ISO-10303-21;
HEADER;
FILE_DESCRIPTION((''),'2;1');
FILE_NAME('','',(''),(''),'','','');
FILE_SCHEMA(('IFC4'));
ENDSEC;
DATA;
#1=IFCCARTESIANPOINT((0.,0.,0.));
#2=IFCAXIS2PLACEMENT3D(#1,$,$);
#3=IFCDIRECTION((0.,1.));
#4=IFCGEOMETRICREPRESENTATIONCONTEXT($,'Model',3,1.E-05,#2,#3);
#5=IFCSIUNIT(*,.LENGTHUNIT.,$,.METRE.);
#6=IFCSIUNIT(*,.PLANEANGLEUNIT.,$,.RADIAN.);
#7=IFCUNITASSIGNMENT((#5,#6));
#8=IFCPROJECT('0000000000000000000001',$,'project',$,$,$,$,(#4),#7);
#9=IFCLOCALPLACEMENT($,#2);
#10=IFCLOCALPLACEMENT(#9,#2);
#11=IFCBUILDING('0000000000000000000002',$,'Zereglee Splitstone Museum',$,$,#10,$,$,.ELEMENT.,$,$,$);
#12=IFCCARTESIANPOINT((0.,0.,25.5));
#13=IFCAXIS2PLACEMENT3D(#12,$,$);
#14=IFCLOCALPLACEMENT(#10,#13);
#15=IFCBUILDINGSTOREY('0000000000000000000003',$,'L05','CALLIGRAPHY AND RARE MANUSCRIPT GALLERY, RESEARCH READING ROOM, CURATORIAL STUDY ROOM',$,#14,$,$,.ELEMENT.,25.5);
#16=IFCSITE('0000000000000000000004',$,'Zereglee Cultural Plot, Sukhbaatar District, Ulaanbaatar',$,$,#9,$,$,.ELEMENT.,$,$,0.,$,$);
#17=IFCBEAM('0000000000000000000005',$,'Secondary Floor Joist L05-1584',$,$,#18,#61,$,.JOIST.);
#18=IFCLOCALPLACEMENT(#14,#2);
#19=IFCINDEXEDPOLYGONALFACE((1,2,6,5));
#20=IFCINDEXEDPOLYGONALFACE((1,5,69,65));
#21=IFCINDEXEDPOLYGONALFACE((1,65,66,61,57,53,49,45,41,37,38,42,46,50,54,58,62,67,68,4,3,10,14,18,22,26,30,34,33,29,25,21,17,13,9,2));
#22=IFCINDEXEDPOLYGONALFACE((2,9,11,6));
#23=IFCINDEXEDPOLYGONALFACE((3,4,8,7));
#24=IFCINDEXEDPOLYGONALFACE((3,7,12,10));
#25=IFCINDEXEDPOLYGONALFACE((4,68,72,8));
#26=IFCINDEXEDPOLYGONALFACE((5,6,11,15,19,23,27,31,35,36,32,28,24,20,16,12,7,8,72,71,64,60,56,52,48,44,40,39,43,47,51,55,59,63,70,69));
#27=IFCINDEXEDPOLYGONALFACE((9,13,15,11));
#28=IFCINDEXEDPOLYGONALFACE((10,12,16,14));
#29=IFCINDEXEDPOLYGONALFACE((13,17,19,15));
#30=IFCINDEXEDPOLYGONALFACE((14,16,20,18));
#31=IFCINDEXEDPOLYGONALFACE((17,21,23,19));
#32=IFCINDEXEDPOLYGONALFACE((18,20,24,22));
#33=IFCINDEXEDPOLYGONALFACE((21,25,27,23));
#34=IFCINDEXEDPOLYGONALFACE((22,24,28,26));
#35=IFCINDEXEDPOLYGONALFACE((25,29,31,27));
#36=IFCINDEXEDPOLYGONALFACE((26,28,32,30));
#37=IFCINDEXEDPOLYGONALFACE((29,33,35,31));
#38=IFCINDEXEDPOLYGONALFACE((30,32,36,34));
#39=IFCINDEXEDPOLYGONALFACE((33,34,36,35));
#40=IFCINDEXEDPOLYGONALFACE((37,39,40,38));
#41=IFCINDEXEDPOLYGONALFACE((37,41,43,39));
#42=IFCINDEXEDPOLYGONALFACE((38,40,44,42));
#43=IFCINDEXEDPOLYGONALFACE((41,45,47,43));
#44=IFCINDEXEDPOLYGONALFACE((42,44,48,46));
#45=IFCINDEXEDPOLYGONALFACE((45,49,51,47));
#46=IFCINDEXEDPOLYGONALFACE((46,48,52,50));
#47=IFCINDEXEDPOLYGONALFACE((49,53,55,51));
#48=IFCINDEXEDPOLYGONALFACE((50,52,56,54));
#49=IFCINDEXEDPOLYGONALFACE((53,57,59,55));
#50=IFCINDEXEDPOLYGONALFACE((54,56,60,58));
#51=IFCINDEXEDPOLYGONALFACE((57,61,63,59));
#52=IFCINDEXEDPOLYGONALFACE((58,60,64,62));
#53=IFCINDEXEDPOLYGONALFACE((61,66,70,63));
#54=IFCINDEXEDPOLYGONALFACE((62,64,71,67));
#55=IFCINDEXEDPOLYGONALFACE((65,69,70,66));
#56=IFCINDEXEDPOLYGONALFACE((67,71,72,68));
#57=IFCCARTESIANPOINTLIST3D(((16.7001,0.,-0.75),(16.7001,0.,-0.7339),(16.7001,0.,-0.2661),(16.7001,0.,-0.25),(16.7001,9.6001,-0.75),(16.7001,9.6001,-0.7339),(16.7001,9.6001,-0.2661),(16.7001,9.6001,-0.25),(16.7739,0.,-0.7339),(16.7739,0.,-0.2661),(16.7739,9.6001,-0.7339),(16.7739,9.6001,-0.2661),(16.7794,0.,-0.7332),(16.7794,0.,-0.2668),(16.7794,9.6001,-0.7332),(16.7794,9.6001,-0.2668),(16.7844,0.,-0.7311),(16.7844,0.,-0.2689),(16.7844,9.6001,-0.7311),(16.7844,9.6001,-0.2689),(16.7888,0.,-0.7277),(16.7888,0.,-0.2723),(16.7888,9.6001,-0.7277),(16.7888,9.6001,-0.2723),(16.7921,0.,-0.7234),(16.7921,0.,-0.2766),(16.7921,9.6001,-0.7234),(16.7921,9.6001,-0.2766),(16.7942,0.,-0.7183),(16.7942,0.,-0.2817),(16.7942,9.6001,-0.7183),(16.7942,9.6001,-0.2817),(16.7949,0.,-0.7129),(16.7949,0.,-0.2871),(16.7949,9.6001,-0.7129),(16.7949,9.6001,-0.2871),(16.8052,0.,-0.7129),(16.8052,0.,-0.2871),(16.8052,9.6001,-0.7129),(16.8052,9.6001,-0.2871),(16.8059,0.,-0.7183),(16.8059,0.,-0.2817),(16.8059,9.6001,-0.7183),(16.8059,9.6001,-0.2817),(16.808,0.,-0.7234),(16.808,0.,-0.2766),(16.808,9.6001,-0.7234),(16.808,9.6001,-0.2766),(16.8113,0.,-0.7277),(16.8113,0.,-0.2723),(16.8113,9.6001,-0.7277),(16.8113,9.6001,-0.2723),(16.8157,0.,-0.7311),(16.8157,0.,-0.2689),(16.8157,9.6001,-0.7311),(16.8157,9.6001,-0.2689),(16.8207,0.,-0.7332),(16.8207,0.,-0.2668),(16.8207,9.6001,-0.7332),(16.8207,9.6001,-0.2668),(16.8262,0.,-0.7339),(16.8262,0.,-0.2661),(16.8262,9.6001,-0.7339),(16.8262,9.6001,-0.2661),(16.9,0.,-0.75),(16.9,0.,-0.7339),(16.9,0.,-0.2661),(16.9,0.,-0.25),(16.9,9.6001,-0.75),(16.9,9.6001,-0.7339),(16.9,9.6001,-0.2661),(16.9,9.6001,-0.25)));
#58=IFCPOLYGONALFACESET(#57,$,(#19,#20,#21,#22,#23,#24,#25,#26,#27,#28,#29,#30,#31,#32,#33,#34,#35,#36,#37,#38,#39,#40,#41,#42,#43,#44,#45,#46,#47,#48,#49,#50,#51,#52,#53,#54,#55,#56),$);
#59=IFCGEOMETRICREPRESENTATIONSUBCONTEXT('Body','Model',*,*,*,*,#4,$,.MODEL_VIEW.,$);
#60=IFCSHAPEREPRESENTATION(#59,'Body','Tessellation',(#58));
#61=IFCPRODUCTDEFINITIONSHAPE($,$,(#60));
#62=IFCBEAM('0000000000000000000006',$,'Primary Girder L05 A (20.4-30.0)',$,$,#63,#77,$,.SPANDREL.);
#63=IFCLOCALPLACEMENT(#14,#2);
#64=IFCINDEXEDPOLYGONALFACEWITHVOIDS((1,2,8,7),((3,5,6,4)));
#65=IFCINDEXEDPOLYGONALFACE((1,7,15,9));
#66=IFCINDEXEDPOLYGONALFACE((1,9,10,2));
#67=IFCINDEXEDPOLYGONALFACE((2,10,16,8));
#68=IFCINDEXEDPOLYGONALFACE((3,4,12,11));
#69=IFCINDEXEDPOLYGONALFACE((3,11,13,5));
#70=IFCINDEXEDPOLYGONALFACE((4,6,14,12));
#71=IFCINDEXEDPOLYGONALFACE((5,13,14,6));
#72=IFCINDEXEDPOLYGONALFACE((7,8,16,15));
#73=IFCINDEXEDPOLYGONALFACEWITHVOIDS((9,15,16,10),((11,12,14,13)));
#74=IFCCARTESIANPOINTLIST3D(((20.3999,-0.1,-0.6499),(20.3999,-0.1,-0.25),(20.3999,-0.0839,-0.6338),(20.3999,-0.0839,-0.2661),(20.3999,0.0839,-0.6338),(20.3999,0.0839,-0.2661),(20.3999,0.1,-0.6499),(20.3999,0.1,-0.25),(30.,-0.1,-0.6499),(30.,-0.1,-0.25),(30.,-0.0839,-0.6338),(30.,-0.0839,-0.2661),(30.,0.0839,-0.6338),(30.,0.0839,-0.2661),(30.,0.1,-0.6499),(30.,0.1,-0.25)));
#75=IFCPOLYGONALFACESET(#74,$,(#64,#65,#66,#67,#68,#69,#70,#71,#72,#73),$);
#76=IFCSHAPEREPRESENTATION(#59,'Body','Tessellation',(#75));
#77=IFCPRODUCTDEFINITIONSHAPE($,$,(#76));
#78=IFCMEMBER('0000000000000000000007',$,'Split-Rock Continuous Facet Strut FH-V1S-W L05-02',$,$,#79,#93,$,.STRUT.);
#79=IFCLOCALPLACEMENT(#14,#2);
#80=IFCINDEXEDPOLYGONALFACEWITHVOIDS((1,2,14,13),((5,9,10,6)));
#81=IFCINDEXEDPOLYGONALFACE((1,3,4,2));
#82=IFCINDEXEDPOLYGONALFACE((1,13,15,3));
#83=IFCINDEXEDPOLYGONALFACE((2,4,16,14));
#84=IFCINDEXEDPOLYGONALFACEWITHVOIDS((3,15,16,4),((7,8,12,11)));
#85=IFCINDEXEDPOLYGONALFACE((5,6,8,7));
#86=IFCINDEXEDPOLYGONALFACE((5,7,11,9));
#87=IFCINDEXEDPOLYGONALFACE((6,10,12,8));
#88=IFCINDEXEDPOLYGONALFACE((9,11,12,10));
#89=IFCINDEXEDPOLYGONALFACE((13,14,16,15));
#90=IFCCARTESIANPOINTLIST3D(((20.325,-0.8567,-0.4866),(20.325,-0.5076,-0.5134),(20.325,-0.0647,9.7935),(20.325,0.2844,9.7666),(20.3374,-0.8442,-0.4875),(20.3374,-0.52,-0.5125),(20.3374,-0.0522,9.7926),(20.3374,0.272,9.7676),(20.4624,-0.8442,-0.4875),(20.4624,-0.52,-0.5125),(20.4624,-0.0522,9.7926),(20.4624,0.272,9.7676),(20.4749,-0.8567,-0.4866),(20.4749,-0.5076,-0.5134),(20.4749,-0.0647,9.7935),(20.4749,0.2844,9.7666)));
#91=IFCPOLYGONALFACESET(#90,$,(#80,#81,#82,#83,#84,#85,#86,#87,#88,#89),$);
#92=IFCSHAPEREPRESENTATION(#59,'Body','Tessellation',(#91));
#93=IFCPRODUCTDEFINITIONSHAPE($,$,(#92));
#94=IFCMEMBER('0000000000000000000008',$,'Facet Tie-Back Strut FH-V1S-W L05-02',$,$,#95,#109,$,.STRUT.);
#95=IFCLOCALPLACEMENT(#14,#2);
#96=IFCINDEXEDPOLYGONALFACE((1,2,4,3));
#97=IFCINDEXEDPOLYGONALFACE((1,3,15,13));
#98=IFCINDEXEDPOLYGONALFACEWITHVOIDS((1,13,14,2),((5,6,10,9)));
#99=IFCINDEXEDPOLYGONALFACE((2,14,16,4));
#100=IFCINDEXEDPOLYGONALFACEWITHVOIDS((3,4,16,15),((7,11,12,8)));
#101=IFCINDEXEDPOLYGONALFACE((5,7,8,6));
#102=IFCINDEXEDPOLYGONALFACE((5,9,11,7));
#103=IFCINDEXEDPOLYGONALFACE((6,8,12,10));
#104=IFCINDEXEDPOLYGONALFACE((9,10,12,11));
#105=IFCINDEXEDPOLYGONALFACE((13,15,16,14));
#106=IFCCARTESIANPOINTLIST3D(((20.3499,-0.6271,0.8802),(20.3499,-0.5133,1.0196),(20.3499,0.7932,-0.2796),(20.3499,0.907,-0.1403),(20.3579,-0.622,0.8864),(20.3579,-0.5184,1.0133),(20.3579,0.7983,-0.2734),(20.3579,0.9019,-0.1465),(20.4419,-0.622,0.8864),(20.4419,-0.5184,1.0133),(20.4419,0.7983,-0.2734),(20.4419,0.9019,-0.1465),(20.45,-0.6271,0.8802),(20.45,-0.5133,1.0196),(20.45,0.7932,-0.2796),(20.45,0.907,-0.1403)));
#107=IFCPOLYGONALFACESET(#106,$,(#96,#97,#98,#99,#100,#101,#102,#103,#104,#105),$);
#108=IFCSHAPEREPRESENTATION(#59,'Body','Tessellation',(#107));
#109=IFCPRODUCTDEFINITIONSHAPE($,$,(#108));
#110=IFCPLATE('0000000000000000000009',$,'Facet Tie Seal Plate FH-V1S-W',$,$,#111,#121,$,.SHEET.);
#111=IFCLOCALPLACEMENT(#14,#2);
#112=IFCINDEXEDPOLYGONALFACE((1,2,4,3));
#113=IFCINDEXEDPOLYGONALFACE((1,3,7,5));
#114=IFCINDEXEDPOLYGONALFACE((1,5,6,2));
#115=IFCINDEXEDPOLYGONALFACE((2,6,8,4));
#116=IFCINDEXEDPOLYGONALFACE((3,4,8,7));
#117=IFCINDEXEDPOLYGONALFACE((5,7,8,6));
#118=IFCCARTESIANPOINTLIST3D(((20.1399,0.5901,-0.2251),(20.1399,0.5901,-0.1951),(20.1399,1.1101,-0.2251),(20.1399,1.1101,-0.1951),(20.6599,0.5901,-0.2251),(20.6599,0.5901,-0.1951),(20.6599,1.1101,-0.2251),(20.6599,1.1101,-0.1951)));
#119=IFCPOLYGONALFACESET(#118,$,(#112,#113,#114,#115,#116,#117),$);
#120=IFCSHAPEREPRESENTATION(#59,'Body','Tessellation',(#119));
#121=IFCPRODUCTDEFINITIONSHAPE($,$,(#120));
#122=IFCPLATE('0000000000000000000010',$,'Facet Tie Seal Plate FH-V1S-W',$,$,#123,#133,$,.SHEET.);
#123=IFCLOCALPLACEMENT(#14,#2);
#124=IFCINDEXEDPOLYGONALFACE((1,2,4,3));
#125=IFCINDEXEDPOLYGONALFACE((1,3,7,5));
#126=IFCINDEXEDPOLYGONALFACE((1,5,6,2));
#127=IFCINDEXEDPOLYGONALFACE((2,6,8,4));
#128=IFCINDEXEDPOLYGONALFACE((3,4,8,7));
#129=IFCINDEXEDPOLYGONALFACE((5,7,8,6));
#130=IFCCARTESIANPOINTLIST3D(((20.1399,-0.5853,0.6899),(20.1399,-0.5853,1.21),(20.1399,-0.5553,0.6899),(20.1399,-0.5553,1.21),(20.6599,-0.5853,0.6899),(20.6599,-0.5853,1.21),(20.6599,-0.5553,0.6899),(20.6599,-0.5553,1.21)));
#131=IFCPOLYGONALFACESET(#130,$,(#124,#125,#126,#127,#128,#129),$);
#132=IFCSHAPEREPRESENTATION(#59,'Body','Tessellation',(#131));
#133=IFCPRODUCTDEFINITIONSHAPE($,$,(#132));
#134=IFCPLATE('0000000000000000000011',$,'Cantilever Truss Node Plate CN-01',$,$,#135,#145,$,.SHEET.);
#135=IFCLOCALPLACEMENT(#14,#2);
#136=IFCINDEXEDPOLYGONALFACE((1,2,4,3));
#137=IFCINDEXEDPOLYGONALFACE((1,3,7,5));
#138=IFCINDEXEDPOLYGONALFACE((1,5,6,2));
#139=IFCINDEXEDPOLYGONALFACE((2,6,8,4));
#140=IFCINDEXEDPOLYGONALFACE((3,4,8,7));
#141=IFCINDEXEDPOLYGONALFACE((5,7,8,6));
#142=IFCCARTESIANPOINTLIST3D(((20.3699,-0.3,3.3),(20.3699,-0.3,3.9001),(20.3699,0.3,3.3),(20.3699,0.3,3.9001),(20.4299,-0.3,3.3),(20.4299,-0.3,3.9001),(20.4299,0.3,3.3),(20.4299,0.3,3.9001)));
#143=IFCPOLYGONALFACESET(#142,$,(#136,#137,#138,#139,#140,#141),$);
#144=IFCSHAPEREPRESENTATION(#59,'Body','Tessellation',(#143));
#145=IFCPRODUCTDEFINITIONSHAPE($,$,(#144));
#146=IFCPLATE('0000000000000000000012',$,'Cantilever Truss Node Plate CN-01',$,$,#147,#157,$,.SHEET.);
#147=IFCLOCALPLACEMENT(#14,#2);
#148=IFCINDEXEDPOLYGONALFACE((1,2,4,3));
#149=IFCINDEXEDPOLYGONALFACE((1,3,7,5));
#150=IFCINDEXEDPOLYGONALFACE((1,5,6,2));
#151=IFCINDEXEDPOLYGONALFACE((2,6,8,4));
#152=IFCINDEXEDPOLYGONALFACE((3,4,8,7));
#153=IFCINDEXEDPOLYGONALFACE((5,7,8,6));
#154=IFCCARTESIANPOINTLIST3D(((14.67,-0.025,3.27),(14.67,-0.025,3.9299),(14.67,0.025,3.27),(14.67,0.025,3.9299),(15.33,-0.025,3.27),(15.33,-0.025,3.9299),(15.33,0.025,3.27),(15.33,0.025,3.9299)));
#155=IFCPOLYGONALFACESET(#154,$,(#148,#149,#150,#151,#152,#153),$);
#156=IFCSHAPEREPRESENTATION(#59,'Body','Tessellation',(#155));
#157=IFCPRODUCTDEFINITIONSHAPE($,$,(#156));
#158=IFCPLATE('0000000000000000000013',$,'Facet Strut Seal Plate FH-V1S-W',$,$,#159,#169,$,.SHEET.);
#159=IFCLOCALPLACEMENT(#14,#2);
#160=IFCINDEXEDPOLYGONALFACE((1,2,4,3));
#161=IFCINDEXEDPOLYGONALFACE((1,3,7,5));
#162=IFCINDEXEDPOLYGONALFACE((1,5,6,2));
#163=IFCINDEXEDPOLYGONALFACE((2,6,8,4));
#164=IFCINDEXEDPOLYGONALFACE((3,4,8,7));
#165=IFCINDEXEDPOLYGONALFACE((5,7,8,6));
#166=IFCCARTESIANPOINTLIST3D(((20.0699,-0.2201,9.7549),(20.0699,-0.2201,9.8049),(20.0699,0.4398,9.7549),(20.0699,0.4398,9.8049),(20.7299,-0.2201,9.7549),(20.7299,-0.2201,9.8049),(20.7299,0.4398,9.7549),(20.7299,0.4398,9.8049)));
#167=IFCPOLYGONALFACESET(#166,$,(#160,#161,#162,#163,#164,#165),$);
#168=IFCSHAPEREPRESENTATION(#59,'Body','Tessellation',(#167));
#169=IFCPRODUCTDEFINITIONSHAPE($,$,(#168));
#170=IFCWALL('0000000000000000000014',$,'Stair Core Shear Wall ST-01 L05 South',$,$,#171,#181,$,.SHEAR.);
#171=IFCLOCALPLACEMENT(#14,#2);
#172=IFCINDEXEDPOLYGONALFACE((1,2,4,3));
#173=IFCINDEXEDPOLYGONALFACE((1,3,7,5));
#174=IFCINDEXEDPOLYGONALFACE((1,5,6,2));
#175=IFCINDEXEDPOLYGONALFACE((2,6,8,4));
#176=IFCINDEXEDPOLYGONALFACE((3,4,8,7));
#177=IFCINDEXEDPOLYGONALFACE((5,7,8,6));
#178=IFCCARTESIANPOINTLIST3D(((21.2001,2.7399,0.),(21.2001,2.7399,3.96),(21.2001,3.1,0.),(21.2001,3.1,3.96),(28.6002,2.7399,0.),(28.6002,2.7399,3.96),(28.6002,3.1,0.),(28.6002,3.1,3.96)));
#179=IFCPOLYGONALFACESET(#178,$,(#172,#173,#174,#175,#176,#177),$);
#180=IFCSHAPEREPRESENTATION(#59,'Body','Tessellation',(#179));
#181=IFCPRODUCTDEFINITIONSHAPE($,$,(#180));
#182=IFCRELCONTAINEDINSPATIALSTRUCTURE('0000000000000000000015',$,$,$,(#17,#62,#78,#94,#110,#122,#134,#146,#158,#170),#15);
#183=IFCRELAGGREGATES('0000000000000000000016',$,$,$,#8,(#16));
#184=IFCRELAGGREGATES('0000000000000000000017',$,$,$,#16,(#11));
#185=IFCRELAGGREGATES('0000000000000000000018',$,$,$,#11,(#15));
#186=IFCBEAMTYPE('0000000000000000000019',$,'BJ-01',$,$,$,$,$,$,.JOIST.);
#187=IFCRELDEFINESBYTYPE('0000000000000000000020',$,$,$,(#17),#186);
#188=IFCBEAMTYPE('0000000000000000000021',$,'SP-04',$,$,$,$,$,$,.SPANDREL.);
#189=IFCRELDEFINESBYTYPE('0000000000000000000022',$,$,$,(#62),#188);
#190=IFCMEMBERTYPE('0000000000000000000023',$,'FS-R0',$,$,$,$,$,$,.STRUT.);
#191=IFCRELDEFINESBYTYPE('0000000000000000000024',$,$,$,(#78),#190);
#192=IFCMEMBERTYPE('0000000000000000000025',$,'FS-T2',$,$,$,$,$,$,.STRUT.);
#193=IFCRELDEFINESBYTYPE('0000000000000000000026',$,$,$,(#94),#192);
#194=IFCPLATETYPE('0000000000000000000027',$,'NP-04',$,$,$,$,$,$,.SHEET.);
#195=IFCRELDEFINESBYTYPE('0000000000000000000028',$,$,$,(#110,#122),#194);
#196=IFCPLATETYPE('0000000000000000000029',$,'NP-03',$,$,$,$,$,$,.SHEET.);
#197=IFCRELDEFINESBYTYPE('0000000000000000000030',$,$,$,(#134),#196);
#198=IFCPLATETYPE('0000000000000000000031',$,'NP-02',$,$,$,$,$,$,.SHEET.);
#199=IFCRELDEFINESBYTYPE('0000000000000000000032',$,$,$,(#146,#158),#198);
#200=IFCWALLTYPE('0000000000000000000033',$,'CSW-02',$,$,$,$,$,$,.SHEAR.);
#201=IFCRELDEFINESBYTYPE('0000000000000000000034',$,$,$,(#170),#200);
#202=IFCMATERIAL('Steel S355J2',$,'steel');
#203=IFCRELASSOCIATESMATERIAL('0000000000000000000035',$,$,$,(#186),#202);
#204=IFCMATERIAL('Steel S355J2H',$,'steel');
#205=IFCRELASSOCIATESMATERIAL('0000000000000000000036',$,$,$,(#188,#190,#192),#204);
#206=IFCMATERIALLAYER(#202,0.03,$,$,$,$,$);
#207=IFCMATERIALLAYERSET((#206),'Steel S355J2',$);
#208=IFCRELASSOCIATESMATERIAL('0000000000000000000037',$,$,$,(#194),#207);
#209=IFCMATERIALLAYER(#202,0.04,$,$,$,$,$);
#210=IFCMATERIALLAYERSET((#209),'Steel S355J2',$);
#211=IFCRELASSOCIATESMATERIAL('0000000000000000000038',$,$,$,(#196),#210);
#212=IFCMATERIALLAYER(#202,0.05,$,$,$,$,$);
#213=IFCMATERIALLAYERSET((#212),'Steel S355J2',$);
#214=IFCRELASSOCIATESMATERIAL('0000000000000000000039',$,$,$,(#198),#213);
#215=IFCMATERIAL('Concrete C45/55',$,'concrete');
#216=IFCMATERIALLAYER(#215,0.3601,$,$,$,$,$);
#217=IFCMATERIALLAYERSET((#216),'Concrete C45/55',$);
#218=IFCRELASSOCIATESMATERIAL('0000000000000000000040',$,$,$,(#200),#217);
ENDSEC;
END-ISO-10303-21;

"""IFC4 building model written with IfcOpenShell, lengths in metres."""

from ifc_helpers import new_model, si_unit, direction, frame, frame_2d, origin, origin_2d, place, context, subcontext, project, spatial, rectangle, hollow_rectangle, i_section, extrude, material, layer, layer_set, material_profile, profile_set, type_object, element, save


model = new_model("IFC4")

# Units and contexts
model_context = context("Model", 3, precision=1e-05, world=origin(), true_north=direction((0.0, 1.0)))
body_context = subcontext(model_context, "Body", "Model", "MODEL_VIEW")
ifc_project = project(units=[si_unit("LENGTHUNIT", "METRE"), si_unit("PLANEANGLEUNIT", "RADIAN")], contexts=[model_context])

# Site, building, storey
site_placement = place(None, origin())
site = spatial("IfcSite", under=ifc_project, at=site_placement, Name="Zereglee Cultural Plot, Sukhbaatar District, Ulaanbaatar", CompositionType="ELEMENT", RefElevation=0.0)
building_placement = place(site_placement, origin())
building = spatial("IfcBuilding", under=site, at=building_placement, Name="Zereglee Splitstone Museum", CompositionType="ELEMENT")
storey_placement = place(building_placement, frame((0.0, 0.0, 25.5)))
storey = spatial("IfcBuildingStorey", under=building, at=storey_placement, Name="L05", Description="CALLIGRAPHY AND RARE MANUSCRIPT GALLERY, RESEARCH READING ROOM, CURATORIAL STUDY ROOM", CompositionType="ELEMENT", Elevation=25.5)

# Shared definitions
ifc_material_1 = material(Name="Steel S355J2", Category="steel")

# Shared definitions
ifc_material_2 = material(Name="Steel S355J2H", Category="steel")

# Beams
ifc_material_profile_1 = material_profile(ifc_material_1, i_section(OverallWidth=0.2, OverallDepth=0.5, WebThickness=0.0103, FlangeThickness=0.0161, FilletRadius=0.021, at=origin_2d()), Name="IPE 500")
ifc_profile_set_1 = profile_set([ifc_material_profile_1], Name="Steel S355J2")
beam_type_1 = type_object("IfcBeamType", Name="BJ-01", PredefinedType="JOIST", material=ifc_profile_set_1)
beam_1_placement = place(storey_placement, frame((16.8, 0.0, -0.5), z_axis=(0.0, 1.0, 0.0), x_axis=(-1.0, 0.0, 0.0)))
element("IfcBeam", 1, at=beam_1_placement, inside=storey, type_object=beam_type_1, Name="Secondary Floor Joist L05-1584", PredefinedType="JOIST", context=body_context, shape_type="SweptSolid", body=[
    extrude(i_section(OverallWidth=0.2, OverallDepth=0.5, WebThickness=0.0103, FlangeThickness=0.0161, FilletRadius=0.021, at=origin_2d()), origin(), (0.0, 0.0, 1.0), 9.6001),
])
ifc_material_profile_2 = material_profile(ifc_material_2, hollow_rectangle(XDim=0.2, YDim=0.3999, WallThickness=0.0161, at=origin_2d()), Name="RHS 400x200x16")
ifc_profile_set_2 = profile_set([ifc_material_profile_2], Name="Steel S355J2H")
beam_type_2 = type_object("IfcBeamType", Name="SP-04", PredefinedType="SPANDREL", material=ifc_profile_set_2)
beam_2_placement = place(storey_placement, frame((20.3999, 0.0, -0.45), z_axis=(1.0, 0.0, 0.0), x_axis=(0.0, 1.0, 0.0)))
element("IfcBeam", 2, at=beam_2_placement, inside=storey, type_object=beam_type_2, Name="Primary Girder L05 A (20.4-30.0)", PredefinedType="SPANDREL", context=body_context, shape_type="SweptSolid", body=[
    extrude(hollow_rectangle(XDim=0.2, YDim=0.3999, WallThickness=0.0161, at=origin_2d()), origin(), (0.0, 0.0, 1.0), 9.6001),
])

# Members
ifc_material_profile_3 = material_profile(ifc_material_2, hollow_rectangle(XDim=0.1499, YDim=0.3501, WallThickness=0.0125, at=origin_2d()), Name="RHS 350x150x12.5")
ifc_profile_set_3 = profile_set([ifc_material_profile_3], Name="Steel S355J2H")
member_type_1 = type_object("IfcMemberType", Name="FS-R0", PredefinedType="STRUT", material=ifc_profile_set_3)
member_1_placement = place(storey_placement, frame((20.3999, -0.6821, -0.5), z_axis=(0.0, 0.076814, 0.997045), x_axis=(-1.0, 0.0, 0.0)))
element("IfcMember", 3, at=member_1_placement, inside=storey, type_object=member_type_1, Name="Split-Rock Continuous Facet Strut FH-V1S-W L05-02", PredefinedType="STRUT", context=body_context, shape_type="SweptSolid", body=[
    extrude(hollow_rectangle(XDim=0.1499, YDim=0.3501, WallThickness=0.0125, at=origin_2d()), origin(), (0.0, 0.0, 1.0), 10.3105),
])
ifc_material_profile_4 = material_profile(ifc_material_2, hollow_rectangle(XDim=0.1001, YDim=0.1799, WallThickness=0.0081, at=origin_2d()), Name="RHS 180x100x8")
ifc_profile_set_4 = profile_set([ifc_material_profile_4], Name="Steel S355J2H")
member_type_2 = type_object("IfcMemberType", Name="FS-T2", PredefinedType="STRUT", material=ifc_profile_set_4)
member_2_placement = place(storey_placement, frame((20.3999, 0.8501, -0.21), z_axis=(0.0, -0.774556, 0.632505), x_axis=(1.0, 0.0, 0.0)))
element("IfcMember", 4, at=member_2_placement, inside=storey, type_object=member_type_2, Name="Facet Tie-Back Strut FH-V1S-W L05-02", PredefinedType="STRUT", context=body_context, shape_type="SweptSolid", body=[
    extrude(hollow_rectangle(XDim=0.1001, YDim=0.1799, WallThickness=0.0081, at=origin_2d()), origin(), (0.0, 0.0, 1.0), 1.8337),
])

# Plates
ifc_layer_1 = layer(ifc_material_1, 0.03)
ifc_layer_set_1 = layer_set([ifc_layer_1], Name="Steel S355J2")
plate_type_1 = type_object("IfcPlateType", Name="NP-04", PredefinedType="SHEET", material=ifc_layer_set_1)
plate_1_placement = place(storey_placement, frame((20.3999, 0.8501, -0.2251), z_axis=(0.0, 0.0, 1.0), x_axis=(1.0, 0.0, 0.0)))
element("IfcPlate", 5, at=plate_1_placement, inside=storey, type_object=plate_type_1, Name="Facet Tie Seal Plate FH-V1S-W", PredefinedType="SHEET", context=body_context, shape_type="SweptSolid", body=[
    extrude(rectangle(XDim=0.52, YDim=0.52, at=origin_2d()), origin(), (0.0, 0.0, 1.0), 0.03),
])
plate_2_placement = place(storey_placement, frame((20.3999, -0.5703, 0.6899), z_axis=(0.0, 0.0, 1.0), x_axis=(1.0, 0.0, 0.0)))
element("IfcPlate", 6, at=plate_2_placement, inside=storey, type_object=plate_type_1, Name="Facet Tie Seal Plate FH-V1S-W", PredefinedType="SHEET", context=body_context, shape_type="SweptSolid", body=[
    extrude(rectangle(XDim=0.52, YDim=0.03, at=origin_2d()), origin(), (0.0, 0.0, 1.0), 0.52),
])
ifc_layer_2 = layer(ifc_material_1, 0.04)
ifc_layer_set_2 = layer_set([ifc_layer_2], Name="Steel S355J2")
plate_type_2 = type_object("IfcPlateType", Name="NP-03", PredefinedType="SHEET", material=ifc_layer_set_2)
plate_3_placement = place(storey_placement, frame((20.3999, 0.0, 3.3), z_axis=(0.0, 0.0, 1.0), x_axis=(1.0, 0.0, 0.0)))
element("IfcPlate", 7, at=plate_3_placement, inside=storey, type_object=plate_type_2, Name="Cantilever Truss Node Plate CN-01", PredefinedType="SHEET", context=body_context, shape_type="SweptSolid", body=[
    extrude(rectangle(XDim=0.0601, YDim=0.6001, at=origin_2d()), origin(), (0.0, 0.0, 1.0), 0.6001),
])
ifc_layer_3 = layer(ifc_material_1, 0.05)
ifc_layer_set_3 = layer_set([ifc_layer_3], Name="Steel S355J2")
plate_type_3 = type_object("IfcPlateType", Name="NP-02", PredefinedType="SHEET", material=ifc_layer_set_3)
plate_4_placement = place(storey_placement, frame((15.0, 0.0, 3.27), z_axis=(0.0, 0.0, 1.0), x_axis=(1.0, 0.0, 0.0)))
element("IfcPlate", 8, at=plate_4_placement, inside=storey, type_object=plate_type_3, Name="Cantilever Truss Node Plate CN-01", PredefinedType="SHEET", context=body_context, shape_type="SweptSolid", body=[
    extrude(rectangle(XDim=0.6599, YDim=0.05, at=origin_2d()), origin(), (0.0, 0.0, 1.0), 0.6599),
])
plate_5_placement = place(storey_placement, frame((20.3999, 0.1099, 9.7549), z_axis=(0.0, 0.0, 1.0), x_axis=(1.0, 0.0, 0.0)))
element("IfcPlate", 9, at=plate_5_placement, inside=storey, type_object=plate_type_3, Name="Facet Strut Seal Plate FH-V1S-W", PredefinedType="SHEET", context=body_context, shape_type="SweptSolid", body=[
    extrude(rectangle(XDim=0.6599, YDim=0.6599, at=origin_2d()), origin(), (0.0, 0.0, 1.0), 0.05),
])

# Shared definitions
ifc_material_3 = material(Name="Concrete C45/55", Category="concrete")
ifc_layer_4 = layer(ifc_material_3, 0.3601)
ifc_layer_set_4 = layer_set([ifc_layer_4], Name="Concrete C45/55")
wall_type_1 = type_object("IfcWallType", Name="CSW-02", PredefinedType="SHEAR", material=ifc_layer_set_4)

# Wall
wall_1_placement = place(storey_placement, frame((21.2, 2.9199, 0.0), z_axis=(0.0, 0.0, 1.0), x_axis=(1.0, 0.0, 0.0)))
element("IfcWall", 10, at=wall_1_placement, inside=storey, type_object=wall_type_1, Name="Stair Core Shear Wall ST-01 L05 South", PredefinedType="SHEAR", context=body_context, shape_type="SweptSolid", body=[
    extrude(rectangle(XDim=7.4001, YDim=0.3601, at=frame_2d((3.7002, 0.0))), origin(), (0.0, 0.0, 1.0), 3.96),
])

save(model, "model.ifc")
